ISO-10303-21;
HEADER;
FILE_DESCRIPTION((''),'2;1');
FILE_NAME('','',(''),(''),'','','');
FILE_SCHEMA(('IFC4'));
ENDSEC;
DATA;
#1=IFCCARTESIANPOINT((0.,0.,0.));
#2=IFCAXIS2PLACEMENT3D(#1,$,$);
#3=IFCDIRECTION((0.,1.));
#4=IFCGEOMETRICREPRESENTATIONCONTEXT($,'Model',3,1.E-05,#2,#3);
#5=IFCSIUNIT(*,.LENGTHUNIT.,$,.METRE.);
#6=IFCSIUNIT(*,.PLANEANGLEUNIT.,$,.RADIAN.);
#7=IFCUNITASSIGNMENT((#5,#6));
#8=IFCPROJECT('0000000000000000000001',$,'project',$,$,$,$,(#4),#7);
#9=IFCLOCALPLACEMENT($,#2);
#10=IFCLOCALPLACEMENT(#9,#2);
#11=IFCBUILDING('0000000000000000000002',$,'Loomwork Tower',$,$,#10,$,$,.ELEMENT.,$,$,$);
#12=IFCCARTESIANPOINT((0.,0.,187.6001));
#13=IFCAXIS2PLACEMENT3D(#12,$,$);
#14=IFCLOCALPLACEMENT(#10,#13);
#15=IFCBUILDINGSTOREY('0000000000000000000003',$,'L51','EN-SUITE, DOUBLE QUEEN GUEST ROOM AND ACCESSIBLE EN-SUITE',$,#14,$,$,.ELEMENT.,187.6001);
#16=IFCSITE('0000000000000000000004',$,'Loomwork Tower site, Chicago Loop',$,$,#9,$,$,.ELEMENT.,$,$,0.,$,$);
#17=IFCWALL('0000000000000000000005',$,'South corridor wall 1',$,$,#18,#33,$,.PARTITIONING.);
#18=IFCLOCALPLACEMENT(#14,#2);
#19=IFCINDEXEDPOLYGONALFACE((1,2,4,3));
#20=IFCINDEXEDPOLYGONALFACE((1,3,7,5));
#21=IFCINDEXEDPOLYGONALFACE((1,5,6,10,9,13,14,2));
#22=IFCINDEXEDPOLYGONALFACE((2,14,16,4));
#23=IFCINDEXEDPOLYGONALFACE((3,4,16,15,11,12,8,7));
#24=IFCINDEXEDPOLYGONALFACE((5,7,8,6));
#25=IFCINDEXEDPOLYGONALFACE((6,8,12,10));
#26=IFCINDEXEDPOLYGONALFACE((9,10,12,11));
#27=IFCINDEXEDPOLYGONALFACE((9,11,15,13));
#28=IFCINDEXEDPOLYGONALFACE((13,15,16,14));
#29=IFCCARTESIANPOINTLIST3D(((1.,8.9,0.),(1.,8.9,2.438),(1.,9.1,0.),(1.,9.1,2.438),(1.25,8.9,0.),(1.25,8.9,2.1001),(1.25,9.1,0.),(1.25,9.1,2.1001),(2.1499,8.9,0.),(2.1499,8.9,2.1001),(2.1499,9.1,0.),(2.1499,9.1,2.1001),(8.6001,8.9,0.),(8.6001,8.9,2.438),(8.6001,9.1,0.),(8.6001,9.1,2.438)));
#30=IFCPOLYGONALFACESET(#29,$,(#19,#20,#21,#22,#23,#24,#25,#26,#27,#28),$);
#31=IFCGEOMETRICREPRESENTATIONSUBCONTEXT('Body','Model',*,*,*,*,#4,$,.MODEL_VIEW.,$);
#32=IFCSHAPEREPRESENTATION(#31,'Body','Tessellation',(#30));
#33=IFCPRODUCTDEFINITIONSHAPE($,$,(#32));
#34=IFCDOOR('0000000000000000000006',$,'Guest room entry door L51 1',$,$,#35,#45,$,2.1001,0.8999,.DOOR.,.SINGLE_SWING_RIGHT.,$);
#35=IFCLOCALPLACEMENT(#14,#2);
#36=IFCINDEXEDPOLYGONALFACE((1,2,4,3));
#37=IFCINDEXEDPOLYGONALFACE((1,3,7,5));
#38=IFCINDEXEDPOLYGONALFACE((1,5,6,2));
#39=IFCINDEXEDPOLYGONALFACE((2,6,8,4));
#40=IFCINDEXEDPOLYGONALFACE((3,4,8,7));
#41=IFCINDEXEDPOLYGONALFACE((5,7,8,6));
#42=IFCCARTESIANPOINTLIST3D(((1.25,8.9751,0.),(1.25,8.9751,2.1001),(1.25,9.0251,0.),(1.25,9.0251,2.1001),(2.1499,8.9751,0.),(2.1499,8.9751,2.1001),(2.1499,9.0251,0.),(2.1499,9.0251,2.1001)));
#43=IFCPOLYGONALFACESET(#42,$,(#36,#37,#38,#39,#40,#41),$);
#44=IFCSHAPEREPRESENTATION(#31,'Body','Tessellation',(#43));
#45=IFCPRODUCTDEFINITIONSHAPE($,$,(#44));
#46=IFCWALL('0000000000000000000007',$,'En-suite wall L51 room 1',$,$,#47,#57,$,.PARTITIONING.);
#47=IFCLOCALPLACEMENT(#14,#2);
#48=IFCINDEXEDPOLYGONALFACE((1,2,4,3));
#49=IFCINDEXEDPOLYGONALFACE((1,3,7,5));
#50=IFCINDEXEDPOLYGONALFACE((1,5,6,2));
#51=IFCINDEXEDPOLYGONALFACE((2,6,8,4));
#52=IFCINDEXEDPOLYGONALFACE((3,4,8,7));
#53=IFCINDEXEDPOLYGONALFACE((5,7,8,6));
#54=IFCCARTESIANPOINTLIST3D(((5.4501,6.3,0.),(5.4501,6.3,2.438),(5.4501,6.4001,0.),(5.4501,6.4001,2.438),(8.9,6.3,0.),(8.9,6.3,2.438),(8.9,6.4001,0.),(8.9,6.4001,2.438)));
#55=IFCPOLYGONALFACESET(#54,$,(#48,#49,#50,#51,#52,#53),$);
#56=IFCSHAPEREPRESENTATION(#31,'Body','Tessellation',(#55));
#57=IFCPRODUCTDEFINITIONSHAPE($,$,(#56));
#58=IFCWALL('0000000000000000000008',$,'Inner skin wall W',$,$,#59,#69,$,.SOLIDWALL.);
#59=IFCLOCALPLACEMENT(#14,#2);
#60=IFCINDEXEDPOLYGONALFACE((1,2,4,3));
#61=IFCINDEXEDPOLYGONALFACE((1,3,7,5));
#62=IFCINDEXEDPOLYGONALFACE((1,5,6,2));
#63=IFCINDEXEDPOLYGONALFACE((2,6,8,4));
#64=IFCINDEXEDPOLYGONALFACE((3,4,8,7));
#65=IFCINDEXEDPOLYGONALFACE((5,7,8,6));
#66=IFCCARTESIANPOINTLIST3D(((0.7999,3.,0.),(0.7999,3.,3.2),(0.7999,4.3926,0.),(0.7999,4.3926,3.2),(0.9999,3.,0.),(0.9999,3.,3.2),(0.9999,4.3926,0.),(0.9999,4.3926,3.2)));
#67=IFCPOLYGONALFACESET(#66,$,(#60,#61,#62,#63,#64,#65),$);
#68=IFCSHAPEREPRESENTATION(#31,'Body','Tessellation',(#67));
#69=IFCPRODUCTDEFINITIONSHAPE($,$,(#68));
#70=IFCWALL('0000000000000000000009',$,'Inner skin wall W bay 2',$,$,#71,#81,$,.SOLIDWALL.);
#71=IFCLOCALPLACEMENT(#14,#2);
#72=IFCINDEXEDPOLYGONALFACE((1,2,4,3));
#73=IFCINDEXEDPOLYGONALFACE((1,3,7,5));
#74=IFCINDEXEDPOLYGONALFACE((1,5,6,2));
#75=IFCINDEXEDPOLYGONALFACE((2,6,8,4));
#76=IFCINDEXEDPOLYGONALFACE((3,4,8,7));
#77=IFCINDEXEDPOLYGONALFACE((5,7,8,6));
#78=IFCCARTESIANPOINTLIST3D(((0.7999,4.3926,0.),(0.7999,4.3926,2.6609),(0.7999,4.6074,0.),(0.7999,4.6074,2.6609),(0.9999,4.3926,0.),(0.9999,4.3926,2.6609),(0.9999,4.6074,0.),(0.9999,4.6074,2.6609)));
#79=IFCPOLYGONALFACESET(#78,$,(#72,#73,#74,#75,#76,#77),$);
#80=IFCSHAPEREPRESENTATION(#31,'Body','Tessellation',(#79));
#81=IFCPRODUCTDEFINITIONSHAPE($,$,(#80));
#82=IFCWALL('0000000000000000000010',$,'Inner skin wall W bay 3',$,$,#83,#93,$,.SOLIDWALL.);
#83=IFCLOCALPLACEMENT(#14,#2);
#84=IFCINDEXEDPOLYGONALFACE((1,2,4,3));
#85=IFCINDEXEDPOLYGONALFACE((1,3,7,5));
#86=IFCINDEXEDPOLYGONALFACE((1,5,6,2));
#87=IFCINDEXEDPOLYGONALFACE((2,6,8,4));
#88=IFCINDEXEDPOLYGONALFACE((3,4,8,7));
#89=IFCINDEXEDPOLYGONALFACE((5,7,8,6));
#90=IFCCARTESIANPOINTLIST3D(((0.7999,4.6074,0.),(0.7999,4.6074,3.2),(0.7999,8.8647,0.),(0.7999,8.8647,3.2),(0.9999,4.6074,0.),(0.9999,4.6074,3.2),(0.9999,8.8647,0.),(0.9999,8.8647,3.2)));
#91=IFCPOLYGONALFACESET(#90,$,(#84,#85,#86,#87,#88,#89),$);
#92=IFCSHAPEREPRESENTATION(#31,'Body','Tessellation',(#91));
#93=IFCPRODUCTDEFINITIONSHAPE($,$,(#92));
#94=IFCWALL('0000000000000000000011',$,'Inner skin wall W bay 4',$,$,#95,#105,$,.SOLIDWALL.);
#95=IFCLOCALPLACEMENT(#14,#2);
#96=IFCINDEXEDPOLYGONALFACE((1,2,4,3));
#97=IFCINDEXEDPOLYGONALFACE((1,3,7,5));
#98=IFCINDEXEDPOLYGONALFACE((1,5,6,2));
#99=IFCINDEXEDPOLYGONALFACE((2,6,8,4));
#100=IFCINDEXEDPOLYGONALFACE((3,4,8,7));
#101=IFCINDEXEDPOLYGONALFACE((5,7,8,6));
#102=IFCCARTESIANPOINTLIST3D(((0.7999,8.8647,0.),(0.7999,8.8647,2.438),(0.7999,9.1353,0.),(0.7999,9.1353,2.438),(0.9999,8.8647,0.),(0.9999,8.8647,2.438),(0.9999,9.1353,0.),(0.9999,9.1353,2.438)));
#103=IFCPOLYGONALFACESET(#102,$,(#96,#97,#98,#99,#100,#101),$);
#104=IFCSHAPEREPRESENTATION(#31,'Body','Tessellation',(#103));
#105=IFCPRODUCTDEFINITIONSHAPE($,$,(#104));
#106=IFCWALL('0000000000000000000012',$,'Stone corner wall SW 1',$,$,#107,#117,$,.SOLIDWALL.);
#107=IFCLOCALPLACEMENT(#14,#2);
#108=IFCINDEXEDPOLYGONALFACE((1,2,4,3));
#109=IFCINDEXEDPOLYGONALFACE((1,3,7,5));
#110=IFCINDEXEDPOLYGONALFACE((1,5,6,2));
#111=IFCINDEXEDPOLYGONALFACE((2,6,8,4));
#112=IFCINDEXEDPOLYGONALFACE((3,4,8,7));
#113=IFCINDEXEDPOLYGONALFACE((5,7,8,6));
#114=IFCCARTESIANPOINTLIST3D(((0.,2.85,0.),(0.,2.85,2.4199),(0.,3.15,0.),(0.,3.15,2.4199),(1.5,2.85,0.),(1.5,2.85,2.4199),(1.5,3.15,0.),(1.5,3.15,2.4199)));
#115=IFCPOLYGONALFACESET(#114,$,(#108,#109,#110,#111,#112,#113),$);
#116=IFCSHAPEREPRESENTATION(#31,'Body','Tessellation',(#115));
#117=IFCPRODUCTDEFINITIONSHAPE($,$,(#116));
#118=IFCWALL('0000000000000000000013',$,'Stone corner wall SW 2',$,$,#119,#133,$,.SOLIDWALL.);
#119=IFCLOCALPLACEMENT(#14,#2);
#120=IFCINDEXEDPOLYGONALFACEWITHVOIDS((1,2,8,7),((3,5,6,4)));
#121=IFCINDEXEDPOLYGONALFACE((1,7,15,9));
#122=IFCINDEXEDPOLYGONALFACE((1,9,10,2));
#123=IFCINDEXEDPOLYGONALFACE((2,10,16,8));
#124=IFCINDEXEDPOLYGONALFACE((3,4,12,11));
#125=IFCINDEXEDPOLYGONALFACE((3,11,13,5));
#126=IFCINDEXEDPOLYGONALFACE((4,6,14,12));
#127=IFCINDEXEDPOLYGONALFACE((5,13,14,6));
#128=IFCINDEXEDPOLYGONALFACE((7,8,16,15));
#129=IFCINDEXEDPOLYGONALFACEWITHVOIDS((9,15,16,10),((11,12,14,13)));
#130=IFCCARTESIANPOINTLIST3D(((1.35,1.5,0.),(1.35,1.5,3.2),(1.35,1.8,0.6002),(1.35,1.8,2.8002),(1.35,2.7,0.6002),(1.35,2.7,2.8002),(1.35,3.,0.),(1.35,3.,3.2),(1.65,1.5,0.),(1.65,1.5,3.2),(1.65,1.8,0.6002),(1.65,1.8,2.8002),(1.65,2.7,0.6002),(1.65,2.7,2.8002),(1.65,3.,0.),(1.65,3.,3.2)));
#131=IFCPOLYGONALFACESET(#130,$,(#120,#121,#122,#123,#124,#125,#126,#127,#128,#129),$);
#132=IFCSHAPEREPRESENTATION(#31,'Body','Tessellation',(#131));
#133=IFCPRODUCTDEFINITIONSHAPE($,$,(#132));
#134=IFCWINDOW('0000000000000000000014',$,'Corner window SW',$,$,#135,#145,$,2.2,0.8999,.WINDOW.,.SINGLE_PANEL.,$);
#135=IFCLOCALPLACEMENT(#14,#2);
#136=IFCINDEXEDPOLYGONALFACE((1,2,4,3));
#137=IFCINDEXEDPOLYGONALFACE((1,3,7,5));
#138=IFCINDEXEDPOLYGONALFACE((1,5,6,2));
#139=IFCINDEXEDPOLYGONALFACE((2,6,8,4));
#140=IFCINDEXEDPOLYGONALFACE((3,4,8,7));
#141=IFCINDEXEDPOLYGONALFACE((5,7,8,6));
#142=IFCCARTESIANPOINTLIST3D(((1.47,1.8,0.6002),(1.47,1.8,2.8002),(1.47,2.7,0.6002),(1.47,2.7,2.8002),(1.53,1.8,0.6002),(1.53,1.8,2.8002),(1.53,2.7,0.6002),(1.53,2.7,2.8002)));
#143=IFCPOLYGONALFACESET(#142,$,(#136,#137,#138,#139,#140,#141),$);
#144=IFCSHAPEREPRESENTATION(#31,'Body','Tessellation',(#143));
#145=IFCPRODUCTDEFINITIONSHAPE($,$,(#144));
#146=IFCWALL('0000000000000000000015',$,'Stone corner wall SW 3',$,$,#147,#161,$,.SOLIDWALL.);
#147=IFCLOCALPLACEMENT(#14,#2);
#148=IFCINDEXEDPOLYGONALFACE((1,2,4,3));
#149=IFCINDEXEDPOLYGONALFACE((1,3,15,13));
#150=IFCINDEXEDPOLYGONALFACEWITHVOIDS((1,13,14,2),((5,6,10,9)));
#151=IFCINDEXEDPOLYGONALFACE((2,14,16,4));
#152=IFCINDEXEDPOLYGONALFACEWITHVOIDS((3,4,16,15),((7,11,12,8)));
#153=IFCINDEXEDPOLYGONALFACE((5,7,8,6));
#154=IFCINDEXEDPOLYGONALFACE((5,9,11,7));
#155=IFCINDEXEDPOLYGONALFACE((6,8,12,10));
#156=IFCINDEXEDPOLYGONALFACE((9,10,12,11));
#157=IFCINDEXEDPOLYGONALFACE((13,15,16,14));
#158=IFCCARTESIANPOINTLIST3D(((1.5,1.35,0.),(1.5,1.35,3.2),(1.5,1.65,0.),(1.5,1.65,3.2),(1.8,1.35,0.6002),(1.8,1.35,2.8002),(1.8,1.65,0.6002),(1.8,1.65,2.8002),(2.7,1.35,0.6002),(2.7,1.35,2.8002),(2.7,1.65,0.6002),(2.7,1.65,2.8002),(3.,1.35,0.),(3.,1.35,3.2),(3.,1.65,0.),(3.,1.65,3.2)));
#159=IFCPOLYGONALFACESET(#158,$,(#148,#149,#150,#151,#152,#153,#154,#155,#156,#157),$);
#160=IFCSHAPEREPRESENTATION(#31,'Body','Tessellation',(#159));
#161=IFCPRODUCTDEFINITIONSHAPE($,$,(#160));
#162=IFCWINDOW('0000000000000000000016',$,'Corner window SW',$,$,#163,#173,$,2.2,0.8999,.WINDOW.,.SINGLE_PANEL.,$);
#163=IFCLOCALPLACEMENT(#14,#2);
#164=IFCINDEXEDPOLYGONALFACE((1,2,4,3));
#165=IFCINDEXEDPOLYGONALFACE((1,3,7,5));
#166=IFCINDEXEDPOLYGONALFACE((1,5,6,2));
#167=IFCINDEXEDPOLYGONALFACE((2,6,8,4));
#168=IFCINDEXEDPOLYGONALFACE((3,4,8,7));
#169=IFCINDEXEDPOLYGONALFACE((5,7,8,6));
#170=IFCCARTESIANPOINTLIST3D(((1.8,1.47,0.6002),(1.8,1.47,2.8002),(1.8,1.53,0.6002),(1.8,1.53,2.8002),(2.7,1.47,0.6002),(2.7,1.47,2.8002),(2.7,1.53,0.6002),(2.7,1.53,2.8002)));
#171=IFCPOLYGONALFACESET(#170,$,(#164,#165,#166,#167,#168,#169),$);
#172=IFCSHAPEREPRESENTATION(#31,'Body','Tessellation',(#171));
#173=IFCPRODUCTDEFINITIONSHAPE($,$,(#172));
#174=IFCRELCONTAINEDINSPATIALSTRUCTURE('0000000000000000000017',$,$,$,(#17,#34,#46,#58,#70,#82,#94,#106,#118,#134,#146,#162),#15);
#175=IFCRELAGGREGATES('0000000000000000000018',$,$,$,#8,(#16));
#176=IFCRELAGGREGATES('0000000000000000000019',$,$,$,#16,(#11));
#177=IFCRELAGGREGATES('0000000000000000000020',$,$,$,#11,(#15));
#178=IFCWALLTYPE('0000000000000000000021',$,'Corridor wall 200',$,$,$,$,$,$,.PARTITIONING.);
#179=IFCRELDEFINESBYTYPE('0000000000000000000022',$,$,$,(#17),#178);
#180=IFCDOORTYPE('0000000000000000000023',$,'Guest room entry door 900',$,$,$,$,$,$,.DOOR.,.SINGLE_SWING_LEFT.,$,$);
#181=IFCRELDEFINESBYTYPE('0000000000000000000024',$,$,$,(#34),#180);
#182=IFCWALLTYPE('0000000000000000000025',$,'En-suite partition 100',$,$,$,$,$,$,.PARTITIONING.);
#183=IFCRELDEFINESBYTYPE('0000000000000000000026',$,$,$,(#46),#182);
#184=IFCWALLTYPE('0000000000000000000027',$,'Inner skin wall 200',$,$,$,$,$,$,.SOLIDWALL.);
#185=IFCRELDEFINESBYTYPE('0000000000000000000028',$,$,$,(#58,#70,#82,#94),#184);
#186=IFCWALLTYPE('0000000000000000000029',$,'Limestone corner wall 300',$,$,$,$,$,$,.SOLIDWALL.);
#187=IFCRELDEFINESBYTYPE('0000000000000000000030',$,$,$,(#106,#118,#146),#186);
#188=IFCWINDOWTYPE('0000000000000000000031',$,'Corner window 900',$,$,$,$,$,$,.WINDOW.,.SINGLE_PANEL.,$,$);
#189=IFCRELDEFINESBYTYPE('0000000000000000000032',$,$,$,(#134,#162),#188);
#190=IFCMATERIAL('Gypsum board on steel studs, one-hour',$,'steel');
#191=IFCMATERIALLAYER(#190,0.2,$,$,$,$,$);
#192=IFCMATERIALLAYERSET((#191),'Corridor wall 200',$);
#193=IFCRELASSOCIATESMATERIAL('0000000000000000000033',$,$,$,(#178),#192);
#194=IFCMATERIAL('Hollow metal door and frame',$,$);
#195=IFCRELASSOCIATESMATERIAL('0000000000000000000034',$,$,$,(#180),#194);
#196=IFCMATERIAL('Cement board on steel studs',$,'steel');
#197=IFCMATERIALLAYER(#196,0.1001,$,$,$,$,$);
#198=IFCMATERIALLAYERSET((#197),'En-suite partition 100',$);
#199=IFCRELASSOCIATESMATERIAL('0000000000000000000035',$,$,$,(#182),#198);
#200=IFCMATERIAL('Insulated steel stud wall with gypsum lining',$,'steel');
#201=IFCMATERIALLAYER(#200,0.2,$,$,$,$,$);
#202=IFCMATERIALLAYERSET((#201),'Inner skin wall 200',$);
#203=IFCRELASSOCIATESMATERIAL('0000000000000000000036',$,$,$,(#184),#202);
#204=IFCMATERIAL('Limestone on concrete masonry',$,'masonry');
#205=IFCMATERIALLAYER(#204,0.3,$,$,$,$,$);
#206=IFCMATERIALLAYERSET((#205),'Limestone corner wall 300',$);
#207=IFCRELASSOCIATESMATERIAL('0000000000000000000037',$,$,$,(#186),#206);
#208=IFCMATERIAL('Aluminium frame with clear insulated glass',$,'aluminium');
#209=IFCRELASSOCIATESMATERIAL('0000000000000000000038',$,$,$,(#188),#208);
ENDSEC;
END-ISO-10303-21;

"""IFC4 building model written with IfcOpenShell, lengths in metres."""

from ifc_helpers import new_model, si_unit, direction, frame, frame_2d, origin, place, context, subcontext, project, spatial, rectangle, extrude, material, layer, layer_set, type_object, element, fill, save


model = new_model("IFC4")

# Units and contexts
model_context = context("Model", 3, precision=1e-05, world=origin(), true_north=direction((0.0, 1.0)))
body_context = subcontext(model_context, "Body", "Model", "MODEL_VIEW")
ifc_project = project(units=[si_unit("LENGTHUNIT", "METRE"), si_unit("PLANEANGLEUNIT", "RADIAN")], contexts=[model_context])

# Site, building, storey
site_placement = place(None, origin())
site = spatial("IfcSite", under=ifc_project, at=site_placement, Name="Loomwork Tower site, Chicago Loop", CompositionType="ELEMENT", RefElevation=0.0)
building_placement = place(site_placement, origin())
building = spatial("IfcBuilding", under=site, at=building_placement, Name="Loomwork Tower", CompositionType="ELEMENT")
storey_placement = place(building_placement, frame((0.0, 0.0, 187.6001)))
storey = spatial("IfcBuildingStorey", under=building, at=storey_placement, Name="L51", Description="EN-SUITE, DOUBLE QUEEN GUEST ROOM AND ACCESSIBLE EN-SUITE", CompositionType="ELEMENT", Elevation=187.6001)

# Wall, opening, door
ifc_material_1 = material(Name="Gypsum board on steel studs, one-hour", Category="steel")
ifc_layer_1 = layer(ifc_material_1, 0.2)
ifc_layer_set_1 = layer_set([ifc_layer_1], Name="Corridor wall 200")
wall_type_1 = type_object("IfcWallType", Name="Corridor wall 200", PredefinedType="PARTITIONING", material=ifc_layer_set_1)
wall_1_placement = place(storey_placement, frame((1.0, 9.0, 0.0), z_axis=(0.0, 0.0, 1.0), x_axis=(1.0, 0.0, 0.0)))
wall_1 = element("IfcWall", 1, at=wall_1_placement, inside=storey, type_object=wall_type_1, Name="South corridor wall 1", PredefinedType="PARTITIONING", context=body_context, shape_type="SweptSolid", body=[
    extrude(rectangle(XDim=7.6001, YDim=0.2, at=frame_2d((3.8, 0.0))), origin(), (0.0, 0.0, 1.0), 2.438),
])
opening_1_placement = place(wall_1_placement, frame((0.25, 0.0, 0.0)))
opening_1 = element("IfcOpeningElement", 2, at=opening_1_placement, cuts=wall_1, PredefinedType="OPENING", context=body_context, shape_type="SweptSolid", body=[
    extrude(rectangle(XDim=0.8999, YDim=2.1001, at=frame_2d((0.45, 1.05))), frame((0.0, 0.1099, 0.0), z_axis=(0.0, -1.0, 0.0), x_axis=(1.0, 0.0, 0.0)), (0.0, 0.0, 1.0), 0.22),
])
ifc_material_2 = material(Name="Hollow metal door and frame")
door_type = type_object("IfcDoorType", Name="Guest room entry door 900", OperationType="SINGLE_SWING_LEFT", PredefinedType="DOOR", material=ifc_material_2)
door_placement = place(opening_1_placement, frame((0.8999, 0.0, 0.0), z_axis=(0.0, 0.0, 1.0), x_axis=(-1.0, 0.0, 0.0)))
door = element("IfcDoor", 3, at=door_placement, inside=storey, type_object=door_type, Name="Guest room entry door L51 1", OperationType="SINGLE_SWING_RIGHT", OverallHeight=2.1001, OverallWidth=0.8999, PredefinedType="DOOR", context=body_context, shape_type="SweptSolid", body=[
    extrude(rectangle(XDim=0.8999, YDim=2.1001, at=frame_2d((0.45, 1.05))), frame((0.0, 0.0249, 0.0), z_axis=(0.0, -1.0, 0.0), x_axis=(1.0, 0.0, 0.0)), (0.0, 0.0, 1.0), 0.05),
])
fill(opening_1, door)

# Walls
ifc_material_3 = material(Name="Cement board on steel studs", Category="steel")
ifc_layer_2 = layer(ifc_material_3, 0.1001)
ifc_layer_set_2 = layer_set([ifc_layer_2], Name="En-suite partition 100")
wall_type_2 = type_object("IfcWallType", Name="En-suite partition 100", PredefinedType="PARTITIONING", material=ifc_layer_set_2)
wall_2_placement = place(storey_placement, frame((5.45, 6.3501, 0.0), z_axis=(0.0, 0.0, 1.0), x_axis=(1.0, 0.0, 0.0)))
element("IfcWall", 4, at=wall_2_placement, inside=storey, type_object=wall_type_2, Name="En-suite wall L51 room 1", PredefinedType="PARTITIONING", context=body_context, shape_type="SweptSolid", body=[
    extrude(rectangle(XDim=3.45, YDim=0.1001, at=frame_2d((1.7251, 0.0))), origin(), (0.0, 0.0, 1.0), 2.438),
])
ifc_material_4 = material(Name="Insulated steel stud wall with gypsum lining", Category="steel")
ifc_layer_3 = layer(ifc_material_4, 0.2)
ifc_layer_set_3 = layer_set([ifc_layer_3], Name="Inner skin wall 200")
wall_type_3 = type_object("IfcWallType", Name="Inner skin wall 200", PredefinedType="SOLIDWALL", material=ifc_layer_set_3)
wall_3_placement = place(storey_placement, frame((0.8999, 3.0, 0.0), z_axis=(0.0, 0.0, 1.0), x_axis=(0.0, 1.0, 0.0)))
element("IfcWall", 5, at=wall_3_placement, inside=storey, type_object=wall_type_3, Name="Inner skin wall W", PredefinedType="SOLIDWALL", context=body_context, shape_type="SweptSolid", body=[
    extrude(rectangle(XDim=1.3926, YDim=0.2, at=frame_2d((0.6963, 0.0))), origin(), (0.0, 0.0, 1.0), 3.2),
])
wall_4_placement = place(storey_placement, frame((0.8999, 4.3926, 0.0), z_axis=(0.0, 0.0, 1.0), x_axis=(0.0, 1.0, 0.0)))
element("IfcWall", 6, at=wall_4_placement, inside=storey, type_object=wall_type_3, Name="Inner skin wall W bay 2", PredefinedType="SOLIDWALL", context=body_context, shape_type="SweptSolid", body=[
    extrude(rectangle(XDim=0.2148, YDim=0.2, at=frame_2d((0.1074, 0.0))), origin(), (0.0, 0.0, 1.0), 2.6609),
])
wall_5_placement = place(storey_placement, frame((0.8999, 4.6074, 0.0), z_axis=(0.0, 0.0, 1.0), x_axis=(0.0, 1.0, 0.0)))
element("IfcWall", 7, at=wall_5_placement, inside=storey, type_object=wall_type_3, Name="Inner skin wall W bay 3", PredefinedType="SOLIDWALL", context=body_context, shape_type="SweptSolid", body=[
    extrude(rectangle(XDim=4.2573, YDim=0.2, at=frame_2d((2.1287, 0.0))), origin(), (0.0, 0.0, 1.0), 3.2),
])
wall_6_placement = place(storey_placement, frame((0.8999, 8.8647, 0.0), z_axis=(0.0, 0.0, 1.0), x_axis=(0.0, 1.0, 0.0)))
element("IfcWall", 8, at=wall_6_placement, inside=storey, type_object=wall_type_3, Name="Inner skin wall W bay 4", PredefinedType="SOLIDWALL", context=body_context, shape_type="SweptSolid", body=[
    extrude(rectangle(XDim=0.2705, YDim=0.2, at=frame_2d((0.1353, 0.0))), origin(), (0.0, 0.0, 1.0), 2.438),
])
ifc_material_5 = material(Name="Limestone on concrete masonry", Category="masonry")
ifc_layer_4 = layer(ifc_material_5, 0.3)
ifc_layer_set_4 = layer_set([ifc_layer_4], Name="Limestone corner wall 300")
wall_type_4 = type_object("IfcWallType", Name="Limestone corner wall 300", PredefinedType="SOLIDWALL", material=ifc_layer_set_4)
wall_7_placement = place(storey_placement, frame((0.0, 3.0, 0.0), z_axis=(0.0, 0.0, 1.0), x_axis=(1.0, 0.0, 0.0)))
element("IfcWall", 9, at=wall_7_placement, inside=storey, type_object=wall_type_4, Name="Stone corner wall SW 1", PredefinedType="SOLIDWALL", context=body_context, shape_type="SweptSolid", body=[
    extrude(rectangle(XDim=1.5, YDim=0.3, at=frame_2d((0.75, 0.0))), origin(), (0.0, 0.0, 1.0), 2.4199),
])

# Walls, openings, windows
wall_8_placement = place(storey_placement, frame((1.5, 3.0, 0.0), z_axis=(0.0, 0.0, 1.0), x_axis=(0.0, -1.0, 0.0)))
wall_8 = element("IfcWall", 10, at=wall_8_placement, inside=storey, type_object=wall_type_4, Name="Stone corner wall SW 2", PredefinedType="SOLIDWALL", context=body_context, shape_type="SweptSolid", body=[
    extrude(rectangle(XDim=1.5, YDim=0.3, at=frame_2d((0.75, 0.0))), origin(), (0.0, 0.0, 1.0), 3.2),
])
opening_2_placement = place(wall_8_placement, frame((0.3, 0.0, 0.6001)))
opening_2 = element("IfcOpeningElement", 11, at=opening_2_placement, cuts=wall_8, PredefinedType="OPENING", context=body_context, shape_type="SweptSolid", body=[
    extrude(rectangle(XDim=0.8999, YDim=2.2, at=frame_2d((0.45, 1.1001))), frame((0.0, 0.1599, 0.0), z_axis=(0.0, -1.0, 0.0), x_axis=(1.0, 0.0, 0.0)), (0.0, 0.0, 1.0), 0.3201),
])
ifc_material_6 = material(Name="Aluminium frame with clear insulated glass", Category="aluminium")
window_type = type_object("IfcWindowType", Name="Corner window 900", PartitioningType="SINGLE_PANEL", PredefinedType="WINDOW", material=ifc_material_6)
window_1_placement = place(opening_2_placement, origin())
window_1 = element("IfcWindow", 12, at=window_1_placement, inside=storey, type_object=window_type, Name="Corner window SW", OverallHeight=2.2, OverallWidth=0.8999, PartitioningType="SINGLE_PANEL", PredefinedType="WINDOW", context=body_context, shape_type="SweptSolid", body=[
    extrude(rectangle(XDim=0.8999, YDim=2.2, at=frame_2d((0.45, 1.1001))), frame((0.0, 0.03, 0.0), z_axis=(0.0, -1.0, 0.0), x_axis=(1.0, 0.0, 0.0)), (0.0, 0.0, 1.0), 0.0601),
])
fill(opening_2, window_1)
wall_9_placement = place(storey_placement, frame((1.5, 1.5, 0.0), z_axis=(0.0, 0.0, 1.0), x_axis=(1.0, 0.0, 0.0)))
wall_9 = element("IfcWall", 13, at=wall_9_placement, inside=storey, type_object=wall_type_4, Name="Stone corner wall SW 3", PredefinedType="SOLIDWALL", context=body_context, shape_type="SweptSolid", body=[
    extrude(rectangle(XDim=1.5, YDim=0.3, at=frame_2d((0.75, 0.0))), origin(), (0.0, 0.0, 1.0), 3.2),
])
opening_3_placement = place(wall_9_placement, frame((0.3, 0.0, 0.6001)))
opening_3 = element("IfcOpeningElement", 14, at=opening_3_placement, cuts=wall_9, PredefinedType="OPENING", context=body_context, shape_type="SweptSolid", body=[
    extrude(rectangle(XDim=0.8999, YDim=2.2, at=frame_2d((0.45, 1.1001))), frame((0.0, 0.1599, 0.0), z_axis=(0.0, -1.0, 0.0), x_axis=(1.0, 0.0, 0.0)), (0.0, 0.0, 1.0), 0.3201),
])
window_2_placement = place(opening_3_placement, origin())
window_2 = element("IfcWindow", 15, at=window_2_placement, inside=storey, type_object=window_type, Name="Corner window SW", OverallHeight=2.2, OverallWidth=0.8999, PartitioningType="SINGLE_PANEL", PredefinedType="WINDOW", context=body_context, shape_type="SweptSolid", body=[
    extrude(rectangle(XDim=0.8999, YDim=2.2, at=frame_2d((0.45, 1.1001))), frame((0.0, 0.03, 0.0), z_axis=(0.0, -1.0, 0.0), x_axis=(1.0, 0.0, 0.0)), (0.0, 0.0, 1.0), 0.0601),
])
fill(opening_3, window_2)

save(model, "model.ifc")
